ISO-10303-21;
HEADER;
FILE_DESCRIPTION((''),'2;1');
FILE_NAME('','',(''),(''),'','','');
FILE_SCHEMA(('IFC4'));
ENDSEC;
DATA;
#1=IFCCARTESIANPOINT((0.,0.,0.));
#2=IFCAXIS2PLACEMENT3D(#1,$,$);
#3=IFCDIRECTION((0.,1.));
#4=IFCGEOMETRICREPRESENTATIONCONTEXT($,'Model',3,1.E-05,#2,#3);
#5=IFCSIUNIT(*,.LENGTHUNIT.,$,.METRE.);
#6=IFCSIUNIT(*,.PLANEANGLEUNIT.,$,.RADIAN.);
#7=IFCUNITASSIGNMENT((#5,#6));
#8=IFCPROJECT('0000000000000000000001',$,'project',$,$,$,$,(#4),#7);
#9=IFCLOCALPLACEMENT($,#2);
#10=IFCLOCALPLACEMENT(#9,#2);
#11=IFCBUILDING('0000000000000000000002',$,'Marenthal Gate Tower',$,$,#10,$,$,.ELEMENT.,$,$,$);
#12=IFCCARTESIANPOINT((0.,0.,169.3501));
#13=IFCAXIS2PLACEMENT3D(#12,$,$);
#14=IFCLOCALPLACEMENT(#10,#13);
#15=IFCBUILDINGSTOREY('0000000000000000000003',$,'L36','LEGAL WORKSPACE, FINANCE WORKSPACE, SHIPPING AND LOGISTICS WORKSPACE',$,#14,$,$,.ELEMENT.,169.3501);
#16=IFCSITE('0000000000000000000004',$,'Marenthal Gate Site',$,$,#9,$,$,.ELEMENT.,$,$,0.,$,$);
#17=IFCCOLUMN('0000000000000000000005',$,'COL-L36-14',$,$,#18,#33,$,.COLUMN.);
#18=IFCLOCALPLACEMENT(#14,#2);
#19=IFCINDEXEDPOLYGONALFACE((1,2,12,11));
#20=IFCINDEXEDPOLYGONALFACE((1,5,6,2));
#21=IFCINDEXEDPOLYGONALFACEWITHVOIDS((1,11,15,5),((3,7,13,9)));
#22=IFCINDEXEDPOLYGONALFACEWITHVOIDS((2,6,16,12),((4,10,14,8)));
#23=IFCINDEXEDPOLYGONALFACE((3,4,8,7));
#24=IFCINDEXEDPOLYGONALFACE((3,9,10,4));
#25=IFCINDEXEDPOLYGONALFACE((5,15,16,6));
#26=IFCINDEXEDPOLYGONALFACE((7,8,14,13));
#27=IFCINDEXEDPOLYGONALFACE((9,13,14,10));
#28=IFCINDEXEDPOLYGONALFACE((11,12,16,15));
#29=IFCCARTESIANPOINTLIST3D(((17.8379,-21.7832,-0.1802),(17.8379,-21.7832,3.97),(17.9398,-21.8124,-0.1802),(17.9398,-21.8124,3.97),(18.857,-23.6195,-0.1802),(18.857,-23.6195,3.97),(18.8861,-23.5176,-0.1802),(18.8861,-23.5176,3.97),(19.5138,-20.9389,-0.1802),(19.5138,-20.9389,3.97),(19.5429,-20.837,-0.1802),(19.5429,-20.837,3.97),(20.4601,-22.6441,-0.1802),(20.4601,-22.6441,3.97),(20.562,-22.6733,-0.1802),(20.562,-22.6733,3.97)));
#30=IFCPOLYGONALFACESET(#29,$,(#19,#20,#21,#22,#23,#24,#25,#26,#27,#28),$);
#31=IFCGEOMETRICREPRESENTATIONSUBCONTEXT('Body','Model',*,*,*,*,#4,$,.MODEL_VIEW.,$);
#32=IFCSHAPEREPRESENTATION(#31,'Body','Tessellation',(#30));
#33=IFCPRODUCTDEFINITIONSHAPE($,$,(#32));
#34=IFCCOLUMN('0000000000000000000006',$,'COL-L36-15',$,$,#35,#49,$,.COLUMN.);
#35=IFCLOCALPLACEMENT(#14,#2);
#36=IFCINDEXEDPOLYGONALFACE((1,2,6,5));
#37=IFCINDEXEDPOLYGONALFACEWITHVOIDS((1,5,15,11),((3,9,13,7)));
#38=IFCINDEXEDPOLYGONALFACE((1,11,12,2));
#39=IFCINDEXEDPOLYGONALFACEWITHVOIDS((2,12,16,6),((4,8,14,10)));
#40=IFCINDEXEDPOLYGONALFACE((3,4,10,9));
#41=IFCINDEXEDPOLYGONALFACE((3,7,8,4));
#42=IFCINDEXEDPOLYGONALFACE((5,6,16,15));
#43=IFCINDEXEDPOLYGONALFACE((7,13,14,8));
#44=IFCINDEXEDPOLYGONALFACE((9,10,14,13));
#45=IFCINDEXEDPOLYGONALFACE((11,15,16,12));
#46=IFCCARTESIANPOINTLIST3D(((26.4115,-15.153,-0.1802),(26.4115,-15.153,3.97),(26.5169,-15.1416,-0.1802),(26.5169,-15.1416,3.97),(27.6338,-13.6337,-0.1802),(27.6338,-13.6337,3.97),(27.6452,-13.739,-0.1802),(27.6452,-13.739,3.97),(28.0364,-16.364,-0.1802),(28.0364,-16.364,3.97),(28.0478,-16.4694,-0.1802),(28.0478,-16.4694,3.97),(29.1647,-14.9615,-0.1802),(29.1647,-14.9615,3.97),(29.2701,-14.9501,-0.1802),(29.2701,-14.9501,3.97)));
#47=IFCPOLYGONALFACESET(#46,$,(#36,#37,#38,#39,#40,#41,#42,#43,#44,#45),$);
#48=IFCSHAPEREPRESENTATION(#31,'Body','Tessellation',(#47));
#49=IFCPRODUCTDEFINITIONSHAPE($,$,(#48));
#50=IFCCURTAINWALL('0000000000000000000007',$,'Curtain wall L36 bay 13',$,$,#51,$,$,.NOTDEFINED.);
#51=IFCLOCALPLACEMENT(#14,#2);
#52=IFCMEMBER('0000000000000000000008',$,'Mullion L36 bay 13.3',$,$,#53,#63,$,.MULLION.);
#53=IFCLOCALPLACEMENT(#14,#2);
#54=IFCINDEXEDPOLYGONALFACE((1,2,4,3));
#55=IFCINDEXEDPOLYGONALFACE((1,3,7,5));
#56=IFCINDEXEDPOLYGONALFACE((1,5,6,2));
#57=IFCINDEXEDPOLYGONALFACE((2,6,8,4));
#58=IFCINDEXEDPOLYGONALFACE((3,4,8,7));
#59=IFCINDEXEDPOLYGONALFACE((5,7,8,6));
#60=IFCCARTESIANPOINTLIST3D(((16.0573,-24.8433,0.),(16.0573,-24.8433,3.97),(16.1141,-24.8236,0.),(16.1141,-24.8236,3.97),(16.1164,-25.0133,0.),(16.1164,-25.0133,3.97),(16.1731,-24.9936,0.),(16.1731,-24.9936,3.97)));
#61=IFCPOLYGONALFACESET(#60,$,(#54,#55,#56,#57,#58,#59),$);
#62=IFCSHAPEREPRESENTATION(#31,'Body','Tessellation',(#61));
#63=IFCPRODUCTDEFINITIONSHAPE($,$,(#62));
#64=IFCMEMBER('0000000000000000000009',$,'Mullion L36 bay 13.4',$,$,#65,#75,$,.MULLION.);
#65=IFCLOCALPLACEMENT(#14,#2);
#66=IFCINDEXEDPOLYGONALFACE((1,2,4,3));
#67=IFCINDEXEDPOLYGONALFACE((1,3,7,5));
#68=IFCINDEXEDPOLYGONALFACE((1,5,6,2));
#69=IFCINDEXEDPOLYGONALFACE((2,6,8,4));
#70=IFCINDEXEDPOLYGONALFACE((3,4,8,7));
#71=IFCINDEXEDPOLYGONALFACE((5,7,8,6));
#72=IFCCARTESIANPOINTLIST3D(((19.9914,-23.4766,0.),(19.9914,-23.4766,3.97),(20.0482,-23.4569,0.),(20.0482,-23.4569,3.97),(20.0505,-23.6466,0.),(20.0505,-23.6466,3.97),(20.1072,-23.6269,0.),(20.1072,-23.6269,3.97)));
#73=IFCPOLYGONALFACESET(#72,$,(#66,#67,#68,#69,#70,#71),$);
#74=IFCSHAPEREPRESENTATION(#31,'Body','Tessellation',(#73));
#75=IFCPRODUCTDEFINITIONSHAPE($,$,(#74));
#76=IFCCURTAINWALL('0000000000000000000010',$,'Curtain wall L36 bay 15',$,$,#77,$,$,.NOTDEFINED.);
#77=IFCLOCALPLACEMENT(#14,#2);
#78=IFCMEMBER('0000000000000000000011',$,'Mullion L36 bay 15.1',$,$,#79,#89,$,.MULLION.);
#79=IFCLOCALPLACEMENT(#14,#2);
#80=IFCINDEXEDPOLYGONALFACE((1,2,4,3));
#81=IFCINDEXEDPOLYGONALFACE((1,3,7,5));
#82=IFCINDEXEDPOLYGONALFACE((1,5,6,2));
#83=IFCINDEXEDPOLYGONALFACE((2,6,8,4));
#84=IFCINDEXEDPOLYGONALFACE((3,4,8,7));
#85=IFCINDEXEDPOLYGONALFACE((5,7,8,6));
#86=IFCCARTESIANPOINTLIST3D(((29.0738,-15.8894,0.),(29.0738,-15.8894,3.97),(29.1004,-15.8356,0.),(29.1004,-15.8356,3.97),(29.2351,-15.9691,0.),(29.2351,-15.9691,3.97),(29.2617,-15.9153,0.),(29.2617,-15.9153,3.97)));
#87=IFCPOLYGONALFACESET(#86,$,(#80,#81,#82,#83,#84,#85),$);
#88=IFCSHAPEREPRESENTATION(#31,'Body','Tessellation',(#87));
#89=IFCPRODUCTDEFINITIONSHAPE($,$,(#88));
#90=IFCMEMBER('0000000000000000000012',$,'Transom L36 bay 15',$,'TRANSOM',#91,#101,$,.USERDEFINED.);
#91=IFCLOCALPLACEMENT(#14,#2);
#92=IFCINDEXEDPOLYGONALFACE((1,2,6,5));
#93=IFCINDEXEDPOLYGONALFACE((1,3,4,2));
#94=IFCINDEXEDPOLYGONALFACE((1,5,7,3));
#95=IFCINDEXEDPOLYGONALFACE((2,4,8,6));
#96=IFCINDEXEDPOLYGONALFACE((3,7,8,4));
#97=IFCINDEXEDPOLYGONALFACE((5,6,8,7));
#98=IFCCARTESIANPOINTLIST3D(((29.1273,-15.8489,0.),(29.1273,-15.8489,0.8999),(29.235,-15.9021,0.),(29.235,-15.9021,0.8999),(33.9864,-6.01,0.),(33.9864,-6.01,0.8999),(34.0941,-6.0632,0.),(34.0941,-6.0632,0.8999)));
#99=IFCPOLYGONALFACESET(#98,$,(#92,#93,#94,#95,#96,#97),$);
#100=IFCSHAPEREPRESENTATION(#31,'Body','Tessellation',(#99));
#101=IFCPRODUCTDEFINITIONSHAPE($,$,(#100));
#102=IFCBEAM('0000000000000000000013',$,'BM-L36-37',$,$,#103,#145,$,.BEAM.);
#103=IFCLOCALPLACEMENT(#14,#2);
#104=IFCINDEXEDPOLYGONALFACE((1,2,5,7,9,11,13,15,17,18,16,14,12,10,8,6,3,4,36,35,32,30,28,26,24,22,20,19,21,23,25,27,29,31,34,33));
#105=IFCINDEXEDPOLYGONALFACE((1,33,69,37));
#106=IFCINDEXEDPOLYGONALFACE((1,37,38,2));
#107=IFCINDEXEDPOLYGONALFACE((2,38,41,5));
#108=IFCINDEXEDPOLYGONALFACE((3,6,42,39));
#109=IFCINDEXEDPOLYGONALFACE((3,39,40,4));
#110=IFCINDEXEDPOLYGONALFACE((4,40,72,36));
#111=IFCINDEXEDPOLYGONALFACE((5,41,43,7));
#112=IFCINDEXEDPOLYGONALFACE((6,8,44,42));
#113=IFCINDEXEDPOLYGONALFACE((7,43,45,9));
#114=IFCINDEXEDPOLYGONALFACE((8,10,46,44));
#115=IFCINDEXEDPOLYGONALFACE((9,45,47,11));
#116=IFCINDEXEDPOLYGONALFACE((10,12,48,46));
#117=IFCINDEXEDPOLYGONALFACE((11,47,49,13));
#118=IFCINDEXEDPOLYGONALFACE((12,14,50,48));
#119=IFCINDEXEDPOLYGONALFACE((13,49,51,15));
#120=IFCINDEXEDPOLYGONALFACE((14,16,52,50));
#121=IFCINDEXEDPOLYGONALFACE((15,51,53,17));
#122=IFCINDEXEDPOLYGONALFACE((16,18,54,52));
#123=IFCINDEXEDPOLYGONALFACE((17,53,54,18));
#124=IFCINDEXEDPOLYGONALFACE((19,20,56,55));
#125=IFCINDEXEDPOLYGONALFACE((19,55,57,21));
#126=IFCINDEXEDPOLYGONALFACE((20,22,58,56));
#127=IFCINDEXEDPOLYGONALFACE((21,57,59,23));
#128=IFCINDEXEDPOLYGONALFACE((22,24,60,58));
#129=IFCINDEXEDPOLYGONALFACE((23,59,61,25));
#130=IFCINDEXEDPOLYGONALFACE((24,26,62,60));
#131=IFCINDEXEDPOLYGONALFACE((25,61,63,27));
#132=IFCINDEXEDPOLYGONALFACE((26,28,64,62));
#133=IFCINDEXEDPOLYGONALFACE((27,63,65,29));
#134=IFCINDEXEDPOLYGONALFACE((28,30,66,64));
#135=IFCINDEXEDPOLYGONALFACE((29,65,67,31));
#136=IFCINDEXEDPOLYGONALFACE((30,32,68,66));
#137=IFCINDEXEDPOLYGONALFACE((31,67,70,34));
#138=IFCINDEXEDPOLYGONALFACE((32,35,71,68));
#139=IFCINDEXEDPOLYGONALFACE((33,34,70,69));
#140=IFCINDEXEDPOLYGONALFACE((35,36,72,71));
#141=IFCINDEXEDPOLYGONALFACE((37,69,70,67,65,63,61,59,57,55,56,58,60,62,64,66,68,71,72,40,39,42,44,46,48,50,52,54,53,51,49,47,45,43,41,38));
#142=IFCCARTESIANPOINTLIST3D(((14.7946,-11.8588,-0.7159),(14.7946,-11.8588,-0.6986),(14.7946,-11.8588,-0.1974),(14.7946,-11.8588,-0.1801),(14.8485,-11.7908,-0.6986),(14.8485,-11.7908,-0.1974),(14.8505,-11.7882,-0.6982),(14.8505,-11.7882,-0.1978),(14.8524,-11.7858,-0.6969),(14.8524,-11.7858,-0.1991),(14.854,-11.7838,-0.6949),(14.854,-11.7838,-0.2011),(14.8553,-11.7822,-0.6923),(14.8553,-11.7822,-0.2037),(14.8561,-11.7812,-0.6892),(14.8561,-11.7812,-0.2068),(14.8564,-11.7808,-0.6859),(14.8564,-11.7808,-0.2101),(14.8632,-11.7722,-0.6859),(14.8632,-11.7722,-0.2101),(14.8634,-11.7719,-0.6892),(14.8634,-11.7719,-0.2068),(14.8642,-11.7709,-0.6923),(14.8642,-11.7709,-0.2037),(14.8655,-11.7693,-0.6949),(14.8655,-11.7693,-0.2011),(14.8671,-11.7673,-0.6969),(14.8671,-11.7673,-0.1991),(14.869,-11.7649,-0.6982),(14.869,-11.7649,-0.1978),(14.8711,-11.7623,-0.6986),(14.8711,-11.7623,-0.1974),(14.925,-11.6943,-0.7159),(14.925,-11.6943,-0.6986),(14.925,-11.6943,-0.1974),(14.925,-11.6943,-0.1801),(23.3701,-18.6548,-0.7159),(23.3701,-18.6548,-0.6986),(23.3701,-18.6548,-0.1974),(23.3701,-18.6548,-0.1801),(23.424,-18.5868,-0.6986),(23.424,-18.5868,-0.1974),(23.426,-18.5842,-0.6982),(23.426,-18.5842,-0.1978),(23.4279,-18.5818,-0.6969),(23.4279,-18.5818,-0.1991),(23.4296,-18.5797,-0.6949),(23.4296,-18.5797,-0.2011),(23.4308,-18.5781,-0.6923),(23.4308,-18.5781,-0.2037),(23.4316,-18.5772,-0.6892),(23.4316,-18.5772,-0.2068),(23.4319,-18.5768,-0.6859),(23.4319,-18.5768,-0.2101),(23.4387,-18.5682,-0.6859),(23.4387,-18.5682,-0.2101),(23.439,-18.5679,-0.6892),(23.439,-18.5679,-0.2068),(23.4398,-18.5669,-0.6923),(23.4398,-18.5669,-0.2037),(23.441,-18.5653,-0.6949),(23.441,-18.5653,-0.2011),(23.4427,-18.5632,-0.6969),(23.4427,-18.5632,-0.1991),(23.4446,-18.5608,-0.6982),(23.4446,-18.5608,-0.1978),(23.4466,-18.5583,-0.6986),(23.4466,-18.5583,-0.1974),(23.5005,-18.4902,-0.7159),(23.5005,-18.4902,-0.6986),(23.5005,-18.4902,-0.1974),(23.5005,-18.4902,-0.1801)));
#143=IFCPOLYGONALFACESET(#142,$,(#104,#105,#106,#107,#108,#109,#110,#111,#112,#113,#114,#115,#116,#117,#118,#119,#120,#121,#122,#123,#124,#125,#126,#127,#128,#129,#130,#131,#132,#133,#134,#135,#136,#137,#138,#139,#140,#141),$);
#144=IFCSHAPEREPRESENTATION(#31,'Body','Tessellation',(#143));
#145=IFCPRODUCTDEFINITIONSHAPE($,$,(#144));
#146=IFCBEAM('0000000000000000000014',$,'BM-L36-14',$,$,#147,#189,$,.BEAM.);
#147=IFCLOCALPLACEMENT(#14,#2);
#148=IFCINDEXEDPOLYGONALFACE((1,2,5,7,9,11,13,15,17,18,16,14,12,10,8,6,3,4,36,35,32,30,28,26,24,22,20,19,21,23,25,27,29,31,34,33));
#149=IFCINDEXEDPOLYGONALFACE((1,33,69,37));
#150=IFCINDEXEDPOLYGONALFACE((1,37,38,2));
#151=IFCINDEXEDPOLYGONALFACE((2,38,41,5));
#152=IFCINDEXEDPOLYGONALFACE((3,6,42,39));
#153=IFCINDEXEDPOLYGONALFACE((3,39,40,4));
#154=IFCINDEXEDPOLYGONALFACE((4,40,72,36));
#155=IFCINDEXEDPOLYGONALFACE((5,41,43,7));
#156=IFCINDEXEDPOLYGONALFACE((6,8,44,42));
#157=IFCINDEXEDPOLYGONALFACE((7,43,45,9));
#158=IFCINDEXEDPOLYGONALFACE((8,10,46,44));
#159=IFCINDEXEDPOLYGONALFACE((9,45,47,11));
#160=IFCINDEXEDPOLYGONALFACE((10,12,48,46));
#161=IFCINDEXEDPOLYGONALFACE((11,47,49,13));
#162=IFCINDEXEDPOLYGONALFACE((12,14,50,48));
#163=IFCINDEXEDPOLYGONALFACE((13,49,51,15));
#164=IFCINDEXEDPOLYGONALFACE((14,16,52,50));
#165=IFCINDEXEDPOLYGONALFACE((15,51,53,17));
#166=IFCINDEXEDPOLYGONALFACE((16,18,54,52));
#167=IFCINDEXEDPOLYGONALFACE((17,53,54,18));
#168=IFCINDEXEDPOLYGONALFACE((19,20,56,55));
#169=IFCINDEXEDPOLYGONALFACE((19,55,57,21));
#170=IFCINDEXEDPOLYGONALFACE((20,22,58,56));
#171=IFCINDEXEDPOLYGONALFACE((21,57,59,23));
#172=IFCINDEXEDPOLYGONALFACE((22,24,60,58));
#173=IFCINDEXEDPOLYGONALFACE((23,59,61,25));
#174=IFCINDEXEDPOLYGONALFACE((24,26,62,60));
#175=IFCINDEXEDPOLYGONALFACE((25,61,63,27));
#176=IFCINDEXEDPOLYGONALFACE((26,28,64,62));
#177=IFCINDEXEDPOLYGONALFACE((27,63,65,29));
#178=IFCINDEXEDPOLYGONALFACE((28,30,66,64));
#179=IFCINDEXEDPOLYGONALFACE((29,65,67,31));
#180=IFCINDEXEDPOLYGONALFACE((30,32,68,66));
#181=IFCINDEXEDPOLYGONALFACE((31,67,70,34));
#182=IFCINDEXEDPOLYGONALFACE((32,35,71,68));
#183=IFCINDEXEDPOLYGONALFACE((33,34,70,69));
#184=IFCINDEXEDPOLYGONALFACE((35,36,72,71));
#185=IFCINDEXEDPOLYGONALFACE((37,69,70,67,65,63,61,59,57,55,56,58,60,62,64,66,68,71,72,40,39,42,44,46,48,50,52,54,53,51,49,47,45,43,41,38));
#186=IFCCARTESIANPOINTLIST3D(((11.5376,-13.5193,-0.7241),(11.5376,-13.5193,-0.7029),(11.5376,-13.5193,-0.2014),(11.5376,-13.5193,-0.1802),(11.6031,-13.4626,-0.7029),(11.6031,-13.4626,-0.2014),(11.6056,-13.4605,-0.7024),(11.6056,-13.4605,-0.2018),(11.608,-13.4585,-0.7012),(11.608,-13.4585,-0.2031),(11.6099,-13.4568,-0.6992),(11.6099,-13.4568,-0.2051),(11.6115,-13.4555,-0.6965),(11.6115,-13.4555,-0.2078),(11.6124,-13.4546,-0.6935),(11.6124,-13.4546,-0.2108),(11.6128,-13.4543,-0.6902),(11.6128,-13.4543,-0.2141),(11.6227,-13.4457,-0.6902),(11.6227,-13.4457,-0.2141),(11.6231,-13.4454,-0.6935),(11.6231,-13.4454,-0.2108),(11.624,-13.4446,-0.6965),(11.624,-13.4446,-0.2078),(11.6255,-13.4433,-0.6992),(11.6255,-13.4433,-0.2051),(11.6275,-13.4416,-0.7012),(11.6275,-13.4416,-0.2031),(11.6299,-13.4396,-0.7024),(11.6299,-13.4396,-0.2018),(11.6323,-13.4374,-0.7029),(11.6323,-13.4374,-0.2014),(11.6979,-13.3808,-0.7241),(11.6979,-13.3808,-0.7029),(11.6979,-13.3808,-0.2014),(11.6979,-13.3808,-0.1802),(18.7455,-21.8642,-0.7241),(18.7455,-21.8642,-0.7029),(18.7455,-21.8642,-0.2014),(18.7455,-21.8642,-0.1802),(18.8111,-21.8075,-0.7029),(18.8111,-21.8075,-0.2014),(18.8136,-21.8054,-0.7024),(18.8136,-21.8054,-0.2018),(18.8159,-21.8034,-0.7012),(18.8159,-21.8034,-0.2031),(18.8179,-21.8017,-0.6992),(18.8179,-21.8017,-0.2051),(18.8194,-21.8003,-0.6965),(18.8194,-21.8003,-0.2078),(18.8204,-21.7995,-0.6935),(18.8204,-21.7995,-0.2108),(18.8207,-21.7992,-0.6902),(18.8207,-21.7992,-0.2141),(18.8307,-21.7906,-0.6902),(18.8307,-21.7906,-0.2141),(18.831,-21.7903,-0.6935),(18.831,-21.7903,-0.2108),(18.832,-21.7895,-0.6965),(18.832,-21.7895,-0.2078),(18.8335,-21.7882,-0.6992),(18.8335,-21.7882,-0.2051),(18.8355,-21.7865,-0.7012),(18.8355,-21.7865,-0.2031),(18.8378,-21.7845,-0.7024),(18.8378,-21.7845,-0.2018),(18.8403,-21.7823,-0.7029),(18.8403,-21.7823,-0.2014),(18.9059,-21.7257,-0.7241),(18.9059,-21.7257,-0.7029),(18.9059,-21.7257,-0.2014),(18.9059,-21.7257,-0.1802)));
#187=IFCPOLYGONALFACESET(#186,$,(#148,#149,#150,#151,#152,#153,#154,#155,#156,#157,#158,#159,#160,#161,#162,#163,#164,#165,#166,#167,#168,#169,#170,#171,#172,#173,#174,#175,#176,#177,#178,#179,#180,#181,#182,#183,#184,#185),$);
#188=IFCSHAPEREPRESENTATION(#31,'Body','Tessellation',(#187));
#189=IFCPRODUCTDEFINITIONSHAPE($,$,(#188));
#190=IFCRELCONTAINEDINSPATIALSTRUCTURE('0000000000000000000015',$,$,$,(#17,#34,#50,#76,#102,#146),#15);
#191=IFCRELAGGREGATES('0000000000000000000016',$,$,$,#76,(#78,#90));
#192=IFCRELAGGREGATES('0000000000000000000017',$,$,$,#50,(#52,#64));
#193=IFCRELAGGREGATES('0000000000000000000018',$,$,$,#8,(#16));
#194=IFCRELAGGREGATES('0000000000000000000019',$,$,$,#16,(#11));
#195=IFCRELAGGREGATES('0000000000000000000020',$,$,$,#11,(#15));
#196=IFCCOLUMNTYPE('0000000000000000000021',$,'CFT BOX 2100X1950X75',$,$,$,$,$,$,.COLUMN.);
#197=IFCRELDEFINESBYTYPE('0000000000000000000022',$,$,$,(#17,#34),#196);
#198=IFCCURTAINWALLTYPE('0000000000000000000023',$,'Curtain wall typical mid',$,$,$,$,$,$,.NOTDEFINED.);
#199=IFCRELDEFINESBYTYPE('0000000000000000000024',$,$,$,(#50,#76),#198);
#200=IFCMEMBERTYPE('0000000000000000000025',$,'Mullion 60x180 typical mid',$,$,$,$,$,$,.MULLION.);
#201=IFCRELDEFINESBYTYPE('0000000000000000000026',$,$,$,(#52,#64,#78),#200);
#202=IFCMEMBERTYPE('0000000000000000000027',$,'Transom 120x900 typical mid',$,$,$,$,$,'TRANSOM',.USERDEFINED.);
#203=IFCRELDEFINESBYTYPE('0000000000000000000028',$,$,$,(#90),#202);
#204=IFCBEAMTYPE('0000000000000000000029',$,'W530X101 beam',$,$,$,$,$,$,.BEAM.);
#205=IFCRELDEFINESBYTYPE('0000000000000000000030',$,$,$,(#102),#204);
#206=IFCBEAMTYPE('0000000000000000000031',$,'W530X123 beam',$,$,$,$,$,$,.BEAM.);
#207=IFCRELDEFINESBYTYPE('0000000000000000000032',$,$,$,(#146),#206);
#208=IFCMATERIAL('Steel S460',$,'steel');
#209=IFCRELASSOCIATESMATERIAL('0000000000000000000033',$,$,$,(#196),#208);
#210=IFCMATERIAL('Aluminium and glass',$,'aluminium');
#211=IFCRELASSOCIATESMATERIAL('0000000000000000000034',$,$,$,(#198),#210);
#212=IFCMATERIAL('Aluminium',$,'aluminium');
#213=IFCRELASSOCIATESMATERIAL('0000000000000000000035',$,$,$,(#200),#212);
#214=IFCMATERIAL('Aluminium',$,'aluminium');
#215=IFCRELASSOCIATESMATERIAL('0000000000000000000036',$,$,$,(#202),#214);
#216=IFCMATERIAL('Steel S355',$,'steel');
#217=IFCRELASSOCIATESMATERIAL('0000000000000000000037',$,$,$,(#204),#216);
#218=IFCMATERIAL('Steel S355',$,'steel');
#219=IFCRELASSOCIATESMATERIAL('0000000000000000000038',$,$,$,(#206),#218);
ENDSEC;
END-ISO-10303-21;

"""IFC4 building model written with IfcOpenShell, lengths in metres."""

from ifc_helpers import new_model, si_unit, direction, frame, origin, origin_2d, place, context, subcontext, project, spatial, rectangle, hollow_rectangle, i_section, extrude, material, material_profile, profile_set, type_object, element, aggregate, save


model = new_model("IFC4")

# Units and contexts
model_context = context("Model", 3, precision=1e-05, world=origin(), true_north=direction((0.0, 1.0)))
body_context = subcontext(model_context, "Body", "Model", "MODEL_VIEW")
ifc_project = project(units=[si_unit("LENGTHUNIT", "METRE"), si_unit("PLANEANGLEUNIT", "RADIAN")], contexts=[model_context])

# Site, building, storey
site_placement = place(None, origin())
site = spatial("IfcSite", under=ifc_project, at=site_placement, Name="Marenthal Gate Site", CompositionType="ELEMENT", RefElevation=0.0)
building_placement = place(site_placement, origin())
building = spatial("IfcBuilding", under=site, at=building_placement, Name="Marenthal Gate Tower", CompositionType="ELEMENT")
storey_placement = place(building_placement, frame((0.0, 0.0, 169.3501)))
storey = spatial("IfcBuildingStorey", under=building, at=storey_placement, Name="L36", Description="LEGAL WORKSPACE, FINANCE WORKSPACE, SHIPPING AND LOGISTICS WORKSPACE", CompositionType="ELEMENT", Elevation=169.3501)

# Columns
ifc_material_1 = material(Name="Steel S460", Category="steel")
ifc_material_profile_1 = material_profile(ifc_material_1, hollow_rectangle(XDim=1.95, YDim=2.1001, WallThickness=0.075, at=origin_2d()), Name="CFT BOX 2100X1950X75")
ifc_material_2 = material(Name="Concrete 70 MPa", Category="concrete")
ifc_material_profile_2 = material_profile(ifc_material_2, rectangle(XDim=1.8, YDim=1.95, at=origin_2d()), Name="CFT BOX 2100X1950X75 INFILL")
ifc_profile_set_1 = profile_set([ifc_material_profile_1, ifc_material_profile_2], Name="Steel S460 shell, Concrete 70 MPa infill")
column_type = type_object("IfcColumnType", Name="CFT BOX 2100X1950X75", PredefinedType="COLUMN", material=ifc_profile_set_1)
for number, where, z_axis, x_axis, name in (
    (1, (19.2, -22.2283, -0.1802), (0.0, 0.0, 1.0), (-0.87438, -0.485242, 0.0), "COL-L36-14"),
    (2, (27.8408, -15.0515, -0.1802), (0.0, 0.0, 1.0), (-0.626831, -0.779155, 0.0), "COL-L36-15"),
):
    element("IfcColumn", number, at=place(storey_placement, frame(where, z_axis=z_axis, x_axis=x_axis)), inside=storey, type_object=column_type, Name=name, PredefinedType="COLUMN", context=body_context, shape_type="SweptSolid", body=[
        extrude(hollow_rectangle(XDim=1.95, YDim=2.1001, WallThickness=0.075, at=origin_2d()), origin(), (0.0, 0.0, 1.0), 4.1501),
    ])

# Curtain walls, members
ifc_material_3 = material(Name="Aluminium and glass", Category="aluminium")
curtain_wall_type = type_object("IfcCurtainWallType", Name="Curtain wall typical mid", PredefinedType="NOTDEFINED", material=ifc_material_3)
curtain_wall_1_placement = place(storey_placement, origin())
curtain_wall_1 = element("IfcCurtainWall", 3, at=curtain_wall_1_placement, inside=storey, type_object=curtain_wall_type, Name="Curtain wall L36 bay 13", PredefinedType="NOTDEFINED")
ifc_material_4 = material(Name="Aluminium", Category="aluminium")
ifc_material_profile_3 = material_profile(ifc_material_4, rectangle(XDim=0.1799, YDim=0.0601, at=origin_2d()), Name="60x180 aluminium mullion")
ifc_profile_set_2 = profile_set([ifc_material_profile_3], Name="Aluminium")
member_type_1 = type_object("IfcMemberType", Name="Mullion 60x180 typical mid", PredefinedType="MULLION", material=ifc_profile_set_2)
member_1_placement = place(storey_placement, frame((16.1152, -24.9185, 0.0), z_axis=(0.0, 0.0, 1.0), x_axis=(-0.328158, 0.944623, 0.0)))
member_1 = element("IfcMember", 4, at=member_1_placement, type_object=member_type_1, Name="Mullion L36 bay 13.3", PredefinedType="MULLION", context=body_context, shape_type="SweptSolid", body=[
    extrude(rectangle(XDim=0.1799, YDim=0.0601, at=origin_2d()), origin(), (0.0, 0.0, 1.0), 3.97),
])
member_2_placement = place(storey_placement, frame((20.0493, -23.5518, 0.0), z_axis=(0.0, 0.0, 1.0), x_axis=(-0.328158, 0.944623, 0.0)))
member_2 = element("IfcMember", 5, at=member_2_placement, type_object=member_type_1, Name="Mullion L36 bay 13.4", PredefinedType="MULLION", context=body_context, shape_type="SweptSolid", body=[
    extrude(rectangle(XDim=0.1799, YDim=0.0601, at=origin_2d()), origin(), (0.0, 0.0, 1.0), 3.97),
])
curtain_wall_2_placement = place(storey_placement, origin())
curtain_wall_2 = element("IfcCurtainWall", 6, at=curtain_wall_2_placement, inside=storey, type_object=curtain_wall_type, Name="Curtain wall L36 bay 15", PredefinedType="NOTDEFINED")
member_3_placement = place(storey_placement, frame((29.1677, -15.9023, 0.0), z_axis=(0.0, 0.0, 1.0), x_axis=(-0.896609, 0.442824, 0.0)))
member_3 = element("IfcMember", 7, at=member_3_placement, type_object=member_type_1, Name="Mullion L36 bay 15.1", PredefinedType="MULLION", context=body_context, shape_type="SweptSolid", body=[
    extrude(rectangle(XDim=0.1799, YDim=0.0601, at=origin_2d()), origin(), (0.0, 0.0, 1.0), 3.97),
])
ifc_material_5 = material(Name="Aluminium", Category="aluminium")
ifc_material_profile_4 = material_profile(ifc_material_5, rectangle(XDim=0.1201, YDim=0.8999, at=origin_2d()), Name="120x900 aluminium transom")
ifc_profile_set_3 = profile_set([ifc_material_profile_4], Name="Aluminium")
member_type_2 = type_object("IfcMemberType", Name="Transom 120x900 typical mid", ElementType="TRANSOM", PredefinedType="USERDEFINED", material=ifc_profile_set_3)
member_4_placement = place(storey_placement, frame((29.1812, -15.8755, 0.45), z_axis=(0.442812, 0.896615, 0.0), x_axis=(-0.896615, 0.442812, 0.0)))
member_4 = element("IfcMember", 8, at=member_4_placement, type_object=member_type_2, Name="Transom L36 bay 15", ObjectType="TRANSOM", PredefinedType="USERDEFINED", context=body_context, shape_type="SweptSolid", body=[
    extrude(rectangle(XDim=0.1201, YDim=0.8999, at=origin_2d()), origin(), (0.0, 0.0, 1.0), 10.9734),
])
aggregate(curtain_wall_2, [member_3, member_4])

# Beams
ifc_material_6 = material(Name="Steel S355", Category="steel")
ifc_material_profile_5 = material_profile(ifc_material_6, i_section(OverallWidth=0.21, OverallDepth=0.5359, WebThickness=0.011, FlangeThickness=0.0173, FilletRadius=0.0127, at=origin_2d()), Name="W530X101")
ifc_profile_set_4 = profile_set([ifc_material_profile_5], Name="Steel S355")
beam_type_1 = type_object("IfcBeamType", Name="W530X101 beam", PredefinedType="BEAM", material=ifc_profile_set_4)
beam_1_placement = place(storey_placement, frame((23.4353, -18.5725, -0.448), z_axis=(-0.783734, 0.621097, 0.0), x_axis=(-0.621097, -0.783734, 0.0)))
element("IfcBeam", 9, at=beam_1_placement, inside=storey, type_object=beam_type_1, Name="BM-L36-37", PredefinedType="BEAM", context=body_context, shape_type="SweptSolid", body=[
    extrude(i_section(OverallWidth=0.21, OverallDepth=0.5359, WebThickness=0.011, FlangeThickness=0.0173, FilletRadius=0.0127, at=origin_2d()), origin(), (0.0, 0.0, 1.0), 10.9419),
])
ifc_material_7 = material(Name="Steel S355", Category="steel")
ifc_material_profile_6 = material_profile(ifc_material_7, i_section(OverallWidth=0.2119, OverallDepth=0.5439, WebThickness=0.0132, FlangeThickness=0.0212, FilletRadius=0.0127, at=origin_2d()), Name="W530X123")
ifc_profile_set_5 = profile_set([ifc_material_profile_6], Name="Steel S355")
beam_type_2 = type_object("IfcBeamType", Name="W530X123 beam", PredefinedType="BEAM", material=ifc_profile_set_5)
beam_2_placement = place(storey_placement, frame((18.8257, -21.7949, -0.4521), z_axis=(-0.653671, 0.756779, 0.0), x_axis=(-0.756779, -0.653671, 0.0)))
element("IfcBeam", 10, at=beam_2_placement, inside=storey, type_object=beam_type_2, Name="BM-L36-14", PredefinedType="BEAM", context=body_context, shape_type="SweptSolid", body=[
    extrude(i_section(OverallWidth=0.2119, OverallDepth=0.5439, WebThickness=0.0132, FlangeThickness=0.0212, FilletRadius=0.0127, at=origin_2d()), origin(), (0.0, 0.0, 1.0), 11.0269),
])

aggregate(curtain_wall_1, [member_1, member_2])

save(model, "model.ifc")
